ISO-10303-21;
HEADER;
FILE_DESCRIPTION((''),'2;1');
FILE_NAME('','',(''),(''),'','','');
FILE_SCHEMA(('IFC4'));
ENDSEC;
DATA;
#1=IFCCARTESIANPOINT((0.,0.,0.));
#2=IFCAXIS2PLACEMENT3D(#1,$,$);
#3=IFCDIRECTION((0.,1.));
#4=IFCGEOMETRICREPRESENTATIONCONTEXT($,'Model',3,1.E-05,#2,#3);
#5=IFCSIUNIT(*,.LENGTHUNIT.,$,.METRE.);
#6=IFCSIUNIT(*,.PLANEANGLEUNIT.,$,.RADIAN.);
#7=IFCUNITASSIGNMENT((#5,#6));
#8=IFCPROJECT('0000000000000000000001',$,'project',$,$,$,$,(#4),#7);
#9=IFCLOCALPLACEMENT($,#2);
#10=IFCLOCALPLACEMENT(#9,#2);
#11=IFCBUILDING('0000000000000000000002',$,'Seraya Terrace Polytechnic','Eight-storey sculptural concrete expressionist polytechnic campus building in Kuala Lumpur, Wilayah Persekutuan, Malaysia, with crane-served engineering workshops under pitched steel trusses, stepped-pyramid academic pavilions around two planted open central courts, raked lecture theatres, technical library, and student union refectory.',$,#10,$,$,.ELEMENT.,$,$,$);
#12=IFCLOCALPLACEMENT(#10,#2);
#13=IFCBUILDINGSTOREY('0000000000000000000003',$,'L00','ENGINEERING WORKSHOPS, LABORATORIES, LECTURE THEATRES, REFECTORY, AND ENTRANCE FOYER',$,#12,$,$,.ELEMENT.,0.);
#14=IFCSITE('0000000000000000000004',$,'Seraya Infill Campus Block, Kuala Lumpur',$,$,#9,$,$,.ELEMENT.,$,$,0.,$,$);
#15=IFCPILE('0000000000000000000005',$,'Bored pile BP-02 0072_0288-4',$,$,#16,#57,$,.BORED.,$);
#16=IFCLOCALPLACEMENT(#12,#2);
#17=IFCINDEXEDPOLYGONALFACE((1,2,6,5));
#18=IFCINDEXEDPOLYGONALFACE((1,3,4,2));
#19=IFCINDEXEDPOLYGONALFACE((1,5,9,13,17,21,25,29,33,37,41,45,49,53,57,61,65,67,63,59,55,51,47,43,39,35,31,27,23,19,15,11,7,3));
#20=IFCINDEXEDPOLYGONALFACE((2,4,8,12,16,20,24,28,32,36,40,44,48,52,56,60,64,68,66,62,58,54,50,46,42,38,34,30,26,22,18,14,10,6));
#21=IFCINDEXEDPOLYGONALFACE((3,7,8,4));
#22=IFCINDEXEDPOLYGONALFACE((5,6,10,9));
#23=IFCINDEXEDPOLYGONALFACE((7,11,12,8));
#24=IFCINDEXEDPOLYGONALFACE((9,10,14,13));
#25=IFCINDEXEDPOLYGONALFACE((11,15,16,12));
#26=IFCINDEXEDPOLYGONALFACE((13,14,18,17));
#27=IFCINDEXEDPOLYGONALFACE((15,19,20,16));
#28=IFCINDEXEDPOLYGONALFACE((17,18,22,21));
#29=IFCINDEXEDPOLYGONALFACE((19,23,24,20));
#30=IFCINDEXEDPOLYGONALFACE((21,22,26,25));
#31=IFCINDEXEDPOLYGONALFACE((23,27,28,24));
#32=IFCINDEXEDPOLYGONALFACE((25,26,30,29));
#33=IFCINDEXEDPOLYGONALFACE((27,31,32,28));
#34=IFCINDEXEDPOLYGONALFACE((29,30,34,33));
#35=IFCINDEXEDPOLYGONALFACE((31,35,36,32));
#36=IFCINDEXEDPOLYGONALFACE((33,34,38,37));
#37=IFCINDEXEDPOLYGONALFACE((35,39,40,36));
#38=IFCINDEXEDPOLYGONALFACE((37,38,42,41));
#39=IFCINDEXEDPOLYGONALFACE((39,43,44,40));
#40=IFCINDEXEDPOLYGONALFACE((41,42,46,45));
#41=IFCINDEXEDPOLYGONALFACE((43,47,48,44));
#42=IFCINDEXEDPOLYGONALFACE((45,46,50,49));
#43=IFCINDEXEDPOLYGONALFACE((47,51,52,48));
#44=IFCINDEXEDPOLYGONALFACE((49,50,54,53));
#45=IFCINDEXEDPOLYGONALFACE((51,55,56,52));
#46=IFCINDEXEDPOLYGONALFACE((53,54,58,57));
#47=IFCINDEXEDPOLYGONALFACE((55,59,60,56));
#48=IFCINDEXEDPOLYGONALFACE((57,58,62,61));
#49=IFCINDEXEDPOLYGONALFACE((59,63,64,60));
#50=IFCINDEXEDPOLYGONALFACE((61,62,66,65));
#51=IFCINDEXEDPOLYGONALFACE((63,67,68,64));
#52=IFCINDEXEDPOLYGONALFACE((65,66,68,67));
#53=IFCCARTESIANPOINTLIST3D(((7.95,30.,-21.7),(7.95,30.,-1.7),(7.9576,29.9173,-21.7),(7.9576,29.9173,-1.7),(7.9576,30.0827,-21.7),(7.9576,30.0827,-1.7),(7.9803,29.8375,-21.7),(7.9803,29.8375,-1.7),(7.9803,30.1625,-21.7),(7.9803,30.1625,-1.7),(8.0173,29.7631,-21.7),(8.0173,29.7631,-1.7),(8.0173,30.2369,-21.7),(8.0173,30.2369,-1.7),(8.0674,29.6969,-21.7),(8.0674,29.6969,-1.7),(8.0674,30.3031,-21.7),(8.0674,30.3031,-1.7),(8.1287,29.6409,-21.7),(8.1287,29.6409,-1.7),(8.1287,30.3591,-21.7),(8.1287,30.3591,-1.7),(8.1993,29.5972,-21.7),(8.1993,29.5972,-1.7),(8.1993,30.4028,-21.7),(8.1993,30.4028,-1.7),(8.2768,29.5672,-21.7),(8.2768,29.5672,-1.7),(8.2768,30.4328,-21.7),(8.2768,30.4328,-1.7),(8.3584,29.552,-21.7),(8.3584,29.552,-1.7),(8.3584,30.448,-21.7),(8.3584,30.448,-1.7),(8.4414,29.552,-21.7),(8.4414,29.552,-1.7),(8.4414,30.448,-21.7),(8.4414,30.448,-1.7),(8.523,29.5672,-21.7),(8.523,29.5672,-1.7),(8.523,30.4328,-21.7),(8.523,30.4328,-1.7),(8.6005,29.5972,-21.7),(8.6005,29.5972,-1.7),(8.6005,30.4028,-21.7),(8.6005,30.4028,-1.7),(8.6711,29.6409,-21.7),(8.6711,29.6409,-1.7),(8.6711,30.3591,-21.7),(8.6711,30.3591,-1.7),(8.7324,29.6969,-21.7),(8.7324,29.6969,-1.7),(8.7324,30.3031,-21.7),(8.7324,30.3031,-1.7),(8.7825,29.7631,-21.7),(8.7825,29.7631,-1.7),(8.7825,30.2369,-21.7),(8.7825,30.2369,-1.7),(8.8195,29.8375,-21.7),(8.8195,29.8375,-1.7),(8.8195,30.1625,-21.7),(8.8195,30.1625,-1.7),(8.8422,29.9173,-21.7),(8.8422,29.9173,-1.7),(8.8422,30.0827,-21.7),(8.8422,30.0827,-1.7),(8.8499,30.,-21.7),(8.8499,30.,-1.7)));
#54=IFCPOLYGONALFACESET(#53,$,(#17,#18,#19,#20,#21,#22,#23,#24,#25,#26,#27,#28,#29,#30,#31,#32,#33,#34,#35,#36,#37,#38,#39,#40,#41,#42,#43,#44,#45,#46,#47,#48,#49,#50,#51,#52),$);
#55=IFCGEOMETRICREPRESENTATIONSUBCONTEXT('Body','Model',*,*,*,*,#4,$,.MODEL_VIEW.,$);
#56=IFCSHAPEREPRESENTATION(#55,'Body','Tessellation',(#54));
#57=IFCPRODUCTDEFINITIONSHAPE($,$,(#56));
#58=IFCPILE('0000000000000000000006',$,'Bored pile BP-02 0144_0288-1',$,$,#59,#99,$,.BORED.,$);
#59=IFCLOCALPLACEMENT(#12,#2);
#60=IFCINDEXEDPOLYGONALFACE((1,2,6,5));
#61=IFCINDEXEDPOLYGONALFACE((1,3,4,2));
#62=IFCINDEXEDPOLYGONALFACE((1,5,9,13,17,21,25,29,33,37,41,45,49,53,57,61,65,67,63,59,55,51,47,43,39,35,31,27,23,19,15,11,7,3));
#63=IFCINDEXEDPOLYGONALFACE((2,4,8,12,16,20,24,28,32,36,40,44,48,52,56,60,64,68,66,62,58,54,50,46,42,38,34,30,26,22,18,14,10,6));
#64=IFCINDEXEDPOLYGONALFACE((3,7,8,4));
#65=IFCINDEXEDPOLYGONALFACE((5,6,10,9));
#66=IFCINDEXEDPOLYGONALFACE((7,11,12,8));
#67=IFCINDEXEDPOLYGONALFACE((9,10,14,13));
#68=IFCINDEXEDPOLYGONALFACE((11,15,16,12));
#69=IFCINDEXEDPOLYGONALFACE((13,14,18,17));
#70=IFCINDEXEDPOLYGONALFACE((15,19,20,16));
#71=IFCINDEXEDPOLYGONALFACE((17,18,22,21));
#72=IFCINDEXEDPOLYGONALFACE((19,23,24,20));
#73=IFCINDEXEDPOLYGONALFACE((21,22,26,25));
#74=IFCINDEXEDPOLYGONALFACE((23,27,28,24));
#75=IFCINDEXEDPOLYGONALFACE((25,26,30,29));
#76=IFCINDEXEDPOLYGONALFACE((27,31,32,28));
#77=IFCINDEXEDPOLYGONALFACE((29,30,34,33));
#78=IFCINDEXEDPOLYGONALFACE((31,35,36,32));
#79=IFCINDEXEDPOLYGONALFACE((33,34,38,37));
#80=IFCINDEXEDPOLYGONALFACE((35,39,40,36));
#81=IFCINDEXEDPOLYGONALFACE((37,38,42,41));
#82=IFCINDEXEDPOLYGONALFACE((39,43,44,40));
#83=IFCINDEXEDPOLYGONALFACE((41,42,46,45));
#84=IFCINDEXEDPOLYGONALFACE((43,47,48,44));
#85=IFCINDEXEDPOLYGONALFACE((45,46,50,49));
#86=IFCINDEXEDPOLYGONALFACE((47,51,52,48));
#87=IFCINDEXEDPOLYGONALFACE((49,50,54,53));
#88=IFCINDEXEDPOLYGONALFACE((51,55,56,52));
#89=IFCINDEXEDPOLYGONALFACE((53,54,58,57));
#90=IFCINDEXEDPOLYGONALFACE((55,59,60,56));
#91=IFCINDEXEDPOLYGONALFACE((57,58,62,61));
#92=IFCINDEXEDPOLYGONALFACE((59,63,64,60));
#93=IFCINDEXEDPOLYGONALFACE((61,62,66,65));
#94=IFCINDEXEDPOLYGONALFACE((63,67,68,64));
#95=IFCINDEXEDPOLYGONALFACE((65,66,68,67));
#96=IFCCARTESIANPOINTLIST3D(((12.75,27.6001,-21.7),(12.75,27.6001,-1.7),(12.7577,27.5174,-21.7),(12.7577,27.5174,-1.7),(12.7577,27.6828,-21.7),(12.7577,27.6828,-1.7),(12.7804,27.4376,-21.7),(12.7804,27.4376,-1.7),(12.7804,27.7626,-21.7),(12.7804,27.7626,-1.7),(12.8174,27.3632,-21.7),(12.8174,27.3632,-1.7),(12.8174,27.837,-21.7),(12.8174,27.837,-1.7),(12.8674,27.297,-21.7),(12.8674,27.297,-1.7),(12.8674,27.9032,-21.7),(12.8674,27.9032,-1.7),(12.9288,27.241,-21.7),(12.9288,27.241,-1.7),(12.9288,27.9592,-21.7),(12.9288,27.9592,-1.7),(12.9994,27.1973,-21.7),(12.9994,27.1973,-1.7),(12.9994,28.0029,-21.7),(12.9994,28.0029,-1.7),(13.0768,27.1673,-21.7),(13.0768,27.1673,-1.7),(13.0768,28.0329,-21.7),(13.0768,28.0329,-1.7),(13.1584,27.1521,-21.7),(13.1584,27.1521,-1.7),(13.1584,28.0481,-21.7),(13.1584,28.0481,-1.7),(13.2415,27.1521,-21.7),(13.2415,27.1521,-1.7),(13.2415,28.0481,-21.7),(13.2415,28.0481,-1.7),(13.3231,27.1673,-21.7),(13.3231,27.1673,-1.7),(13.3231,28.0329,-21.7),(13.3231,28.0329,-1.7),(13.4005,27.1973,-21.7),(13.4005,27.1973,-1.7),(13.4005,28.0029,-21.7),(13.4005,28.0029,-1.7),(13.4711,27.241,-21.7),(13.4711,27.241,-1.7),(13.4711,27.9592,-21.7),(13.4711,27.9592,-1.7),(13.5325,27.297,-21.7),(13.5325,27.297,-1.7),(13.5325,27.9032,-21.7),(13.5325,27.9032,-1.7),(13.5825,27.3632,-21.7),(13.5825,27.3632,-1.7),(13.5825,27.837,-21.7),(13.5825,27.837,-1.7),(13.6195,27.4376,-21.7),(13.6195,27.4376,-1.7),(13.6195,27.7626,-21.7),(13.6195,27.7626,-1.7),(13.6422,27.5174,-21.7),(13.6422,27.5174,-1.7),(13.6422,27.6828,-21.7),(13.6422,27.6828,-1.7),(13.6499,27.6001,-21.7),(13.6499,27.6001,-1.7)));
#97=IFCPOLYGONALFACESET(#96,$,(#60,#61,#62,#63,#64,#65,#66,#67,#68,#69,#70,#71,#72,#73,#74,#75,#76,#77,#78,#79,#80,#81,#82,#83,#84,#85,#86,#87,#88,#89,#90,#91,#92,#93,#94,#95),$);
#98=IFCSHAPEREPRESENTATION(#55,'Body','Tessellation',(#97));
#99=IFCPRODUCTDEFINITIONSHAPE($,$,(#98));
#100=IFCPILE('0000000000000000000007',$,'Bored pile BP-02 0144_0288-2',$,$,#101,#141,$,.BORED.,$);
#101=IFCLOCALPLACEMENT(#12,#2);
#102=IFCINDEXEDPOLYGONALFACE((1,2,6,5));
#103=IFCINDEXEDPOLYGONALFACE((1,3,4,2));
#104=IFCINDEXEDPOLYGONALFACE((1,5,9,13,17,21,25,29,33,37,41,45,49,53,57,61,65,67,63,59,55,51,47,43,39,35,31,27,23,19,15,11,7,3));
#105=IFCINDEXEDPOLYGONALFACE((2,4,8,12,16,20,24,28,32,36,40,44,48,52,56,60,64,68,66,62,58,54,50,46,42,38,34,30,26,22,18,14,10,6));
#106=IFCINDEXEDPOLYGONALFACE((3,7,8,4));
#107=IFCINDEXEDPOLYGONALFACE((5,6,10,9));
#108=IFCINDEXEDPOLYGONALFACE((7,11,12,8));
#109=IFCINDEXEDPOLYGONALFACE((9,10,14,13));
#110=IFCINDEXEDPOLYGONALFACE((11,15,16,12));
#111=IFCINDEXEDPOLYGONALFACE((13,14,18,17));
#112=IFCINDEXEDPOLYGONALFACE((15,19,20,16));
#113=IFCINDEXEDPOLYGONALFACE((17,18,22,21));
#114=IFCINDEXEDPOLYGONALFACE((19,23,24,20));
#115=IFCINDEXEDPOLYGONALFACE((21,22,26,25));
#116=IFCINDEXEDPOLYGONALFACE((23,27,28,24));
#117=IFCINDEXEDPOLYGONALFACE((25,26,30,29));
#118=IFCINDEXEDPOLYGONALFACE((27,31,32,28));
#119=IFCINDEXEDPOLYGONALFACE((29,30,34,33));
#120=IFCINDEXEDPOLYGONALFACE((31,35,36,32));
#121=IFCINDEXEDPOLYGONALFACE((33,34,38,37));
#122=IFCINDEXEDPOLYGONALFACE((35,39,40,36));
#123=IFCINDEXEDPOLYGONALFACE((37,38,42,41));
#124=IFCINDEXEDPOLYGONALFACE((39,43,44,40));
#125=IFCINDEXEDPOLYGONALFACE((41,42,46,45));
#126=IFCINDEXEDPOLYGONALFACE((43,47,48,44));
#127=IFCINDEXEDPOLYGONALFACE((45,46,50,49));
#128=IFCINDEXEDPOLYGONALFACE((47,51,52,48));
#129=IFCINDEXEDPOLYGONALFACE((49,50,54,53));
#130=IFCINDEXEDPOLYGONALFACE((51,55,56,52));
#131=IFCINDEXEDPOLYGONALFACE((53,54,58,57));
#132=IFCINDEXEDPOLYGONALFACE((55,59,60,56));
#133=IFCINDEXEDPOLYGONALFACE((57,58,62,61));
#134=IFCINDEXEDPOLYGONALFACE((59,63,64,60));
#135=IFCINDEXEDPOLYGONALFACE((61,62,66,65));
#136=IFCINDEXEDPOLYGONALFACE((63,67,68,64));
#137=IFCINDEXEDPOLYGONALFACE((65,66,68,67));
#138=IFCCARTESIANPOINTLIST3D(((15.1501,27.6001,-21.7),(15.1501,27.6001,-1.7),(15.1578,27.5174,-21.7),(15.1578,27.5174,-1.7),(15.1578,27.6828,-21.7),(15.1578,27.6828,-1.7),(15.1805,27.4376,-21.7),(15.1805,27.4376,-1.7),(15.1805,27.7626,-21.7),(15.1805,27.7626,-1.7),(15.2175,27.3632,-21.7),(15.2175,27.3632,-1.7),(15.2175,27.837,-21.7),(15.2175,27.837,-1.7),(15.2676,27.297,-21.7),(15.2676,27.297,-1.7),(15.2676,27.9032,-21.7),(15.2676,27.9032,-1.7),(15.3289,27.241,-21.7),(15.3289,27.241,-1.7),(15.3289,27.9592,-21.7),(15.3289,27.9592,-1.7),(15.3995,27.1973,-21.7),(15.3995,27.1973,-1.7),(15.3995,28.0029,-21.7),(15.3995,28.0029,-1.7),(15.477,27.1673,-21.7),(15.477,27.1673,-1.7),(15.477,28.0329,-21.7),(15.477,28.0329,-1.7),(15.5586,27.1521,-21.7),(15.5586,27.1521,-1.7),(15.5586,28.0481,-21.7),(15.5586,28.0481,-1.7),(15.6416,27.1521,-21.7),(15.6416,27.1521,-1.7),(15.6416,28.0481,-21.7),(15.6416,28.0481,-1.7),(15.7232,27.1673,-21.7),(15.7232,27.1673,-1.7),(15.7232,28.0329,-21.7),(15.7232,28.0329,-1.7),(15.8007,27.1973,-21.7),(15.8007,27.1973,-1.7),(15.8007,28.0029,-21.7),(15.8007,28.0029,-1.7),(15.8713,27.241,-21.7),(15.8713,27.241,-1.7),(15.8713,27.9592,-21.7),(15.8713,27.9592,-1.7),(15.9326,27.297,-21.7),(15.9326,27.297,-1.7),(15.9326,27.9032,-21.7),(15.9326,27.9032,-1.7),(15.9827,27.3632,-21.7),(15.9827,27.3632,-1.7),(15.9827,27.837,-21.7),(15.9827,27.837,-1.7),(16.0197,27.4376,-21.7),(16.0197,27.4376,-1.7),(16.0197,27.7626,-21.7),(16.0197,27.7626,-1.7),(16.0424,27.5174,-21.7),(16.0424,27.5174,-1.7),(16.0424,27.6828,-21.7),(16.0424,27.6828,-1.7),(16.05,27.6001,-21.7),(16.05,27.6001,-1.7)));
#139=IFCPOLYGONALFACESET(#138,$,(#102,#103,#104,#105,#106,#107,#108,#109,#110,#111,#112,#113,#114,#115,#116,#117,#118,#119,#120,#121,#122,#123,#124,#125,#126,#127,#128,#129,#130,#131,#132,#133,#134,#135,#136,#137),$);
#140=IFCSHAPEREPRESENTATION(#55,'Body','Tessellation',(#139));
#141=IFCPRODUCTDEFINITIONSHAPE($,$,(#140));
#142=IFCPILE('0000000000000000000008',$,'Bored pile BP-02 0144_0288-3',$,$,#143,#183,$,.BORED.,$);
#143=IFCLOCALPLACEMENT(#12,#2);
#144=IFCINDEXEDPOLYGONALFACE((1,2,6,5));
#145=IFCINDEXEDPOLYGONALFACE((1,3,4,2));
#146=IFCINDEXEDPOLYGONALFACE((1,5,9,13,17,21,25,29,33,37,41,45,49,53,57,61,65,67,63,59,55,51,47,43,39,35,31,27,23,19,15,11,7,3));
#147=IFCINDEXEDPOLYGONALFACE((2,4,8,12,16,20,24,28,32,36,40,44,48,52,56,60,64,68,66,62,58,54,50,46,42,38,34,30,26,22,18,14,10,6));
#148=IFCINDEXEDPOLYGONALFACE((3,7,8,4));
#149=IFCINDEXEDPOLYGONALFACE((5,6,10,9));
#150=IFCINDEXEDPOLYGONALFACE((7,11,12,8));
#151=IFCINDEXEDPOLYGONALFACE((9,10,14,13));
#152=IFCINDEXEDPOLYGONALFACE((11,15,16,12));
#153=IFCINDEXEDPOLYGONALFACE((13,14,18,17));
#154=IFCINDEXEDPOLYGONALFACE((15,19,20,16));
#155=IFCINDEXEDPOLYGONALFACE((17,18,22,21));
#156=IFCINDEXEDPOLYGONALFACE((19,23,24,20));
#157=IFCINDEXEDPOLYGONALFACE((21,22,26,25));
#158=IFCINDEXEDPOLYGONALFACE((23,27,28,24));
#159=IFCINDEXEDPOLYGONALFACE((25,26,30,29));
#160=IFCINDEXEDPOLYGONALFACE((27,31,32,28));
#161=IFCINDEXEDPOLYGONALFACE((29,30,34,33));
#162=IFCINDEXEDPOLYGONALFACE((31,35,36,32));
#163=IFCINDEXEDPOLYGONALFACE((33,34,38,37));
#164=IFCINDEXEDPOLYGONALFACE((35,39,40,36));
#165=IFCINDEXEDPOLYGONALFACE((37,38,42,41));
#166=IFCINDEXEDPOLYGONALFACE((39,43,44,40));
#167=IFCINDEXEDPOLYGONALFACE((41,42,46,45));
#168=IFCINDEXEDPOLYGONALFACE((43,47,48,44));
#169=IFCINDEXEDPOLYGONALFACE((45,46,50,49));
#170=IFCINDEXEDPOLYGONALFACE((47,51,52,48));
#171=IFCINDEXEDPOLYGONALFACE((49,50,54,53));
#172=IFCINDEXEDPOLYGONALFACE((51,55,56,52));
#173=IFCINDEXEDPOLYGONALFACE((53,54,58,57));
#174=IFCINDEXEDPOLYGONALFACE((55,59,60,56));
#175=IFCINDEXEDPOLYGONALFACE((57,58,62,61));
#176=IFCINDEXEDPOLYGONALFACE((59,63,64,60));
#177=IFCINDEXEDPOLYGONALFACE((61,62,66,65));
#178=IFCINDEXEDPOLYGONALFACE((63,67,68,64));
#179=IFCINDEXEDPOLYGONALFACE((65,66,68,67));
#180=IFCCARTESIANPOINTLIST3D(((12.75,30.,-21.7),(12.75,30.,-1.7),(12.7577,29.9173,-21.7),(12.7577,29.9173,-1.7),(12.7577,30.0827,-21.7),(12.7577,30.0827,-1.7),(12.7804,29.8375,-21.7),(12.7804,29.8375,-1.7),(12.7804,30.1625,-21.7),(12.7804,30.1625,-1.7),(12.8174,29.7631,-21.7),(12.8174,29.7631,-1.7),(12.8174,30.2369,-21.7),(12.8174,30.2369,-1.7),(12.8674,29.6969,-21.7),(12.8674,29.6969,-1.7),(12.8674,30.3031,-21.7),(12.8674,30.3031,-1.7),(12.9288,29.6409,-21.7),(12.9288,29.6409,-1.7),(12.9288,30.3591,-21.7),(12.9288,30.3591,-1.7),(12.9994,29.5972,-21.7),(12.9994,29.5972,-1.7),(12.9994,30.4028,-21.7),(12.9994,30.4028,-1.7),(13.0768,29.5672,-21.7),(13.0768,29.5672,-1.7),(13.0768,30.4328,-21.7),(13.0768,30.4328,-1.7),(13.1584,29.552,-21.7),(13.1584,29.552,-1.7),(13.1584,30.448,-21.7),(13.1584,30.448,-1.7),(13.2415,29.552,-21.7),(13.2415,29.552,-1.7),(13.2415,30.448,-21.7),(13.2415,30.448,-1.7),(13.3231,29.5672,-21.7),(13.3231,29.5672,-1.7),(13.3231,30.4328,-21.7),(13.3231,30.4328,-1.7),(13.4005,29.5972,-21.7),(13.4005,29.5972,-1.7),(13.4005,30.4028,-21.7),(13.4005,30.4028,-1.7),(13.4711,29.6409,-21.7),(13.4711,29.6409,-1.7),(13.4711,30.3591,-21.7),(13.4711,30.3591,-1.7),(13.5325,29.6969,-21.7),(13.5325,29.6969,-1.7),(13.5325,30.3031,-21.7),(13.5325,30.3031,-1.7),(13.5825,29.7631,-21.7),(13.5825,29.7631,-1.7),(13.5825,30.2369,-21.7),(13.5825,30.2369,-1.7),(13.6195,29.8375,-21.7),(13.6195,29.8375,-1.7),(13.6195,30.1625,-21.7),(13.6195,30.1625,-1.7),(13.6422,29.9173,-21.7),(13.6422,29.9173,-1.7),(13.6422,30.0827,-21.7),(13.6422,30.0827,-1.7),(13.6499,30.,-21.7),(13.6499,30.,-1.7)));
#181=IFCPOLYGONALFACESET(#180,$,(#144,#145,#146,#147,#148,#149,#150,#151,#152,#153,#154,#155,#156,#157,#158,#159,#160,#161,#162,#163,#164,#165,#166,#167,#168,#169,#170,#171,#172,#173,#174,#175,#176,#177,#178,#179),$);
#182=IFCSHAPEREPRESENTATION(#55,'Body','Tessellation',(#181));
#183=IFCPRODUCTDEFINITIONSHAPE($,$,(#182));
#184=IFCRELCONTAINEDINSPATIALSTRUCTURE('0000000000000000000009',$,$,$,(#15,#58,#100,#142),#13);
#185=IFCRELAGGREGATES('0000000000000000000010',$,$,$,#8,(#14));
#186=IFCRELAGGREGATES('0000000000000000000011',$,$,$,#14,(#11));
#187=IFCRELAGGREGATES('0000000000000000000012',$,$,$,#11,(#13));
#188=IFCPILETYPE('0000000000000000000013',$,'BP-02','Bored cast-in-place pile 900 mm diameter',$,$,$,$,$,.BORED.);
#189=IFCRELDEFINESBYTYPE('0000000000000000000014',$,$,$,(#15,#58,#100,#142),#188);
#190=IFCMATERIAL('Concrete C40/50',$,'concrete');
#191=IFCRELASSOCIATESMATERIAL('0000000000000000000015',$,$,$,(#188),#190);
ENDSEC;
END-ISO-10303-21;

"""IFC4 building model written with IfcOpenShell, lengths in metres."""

from ifc_helpers import new_model, si_unit, direction, frame, origin, origin_2d, place, context, subcontext, project, spatial, circle, extrude, material, material_profile, profile_set, type_object, element, save


model = new_model("IFC4")

# Units and contexts
model_context = context("Model", 3, precision=1e-05, world=origin(), true_north=direction((0.0, 1.0)))
body_context = subcontext(model_context, "Body", "Model", "MODEL_VIEW")
ifc_project = project(units=[si_unit("LENGTHUNIT", "METRE"), si_unit("PLANEANGLEUNIT", "RADIAN")], contexts=[model_context])

# Site, building, storey
site_placement = place(None, origin())
site = spatial("IfcSite", under=ifc_project, at=site_placement, Name="Seraya Infill Campus Block, Kuala Lumpur", CompositionType="ELEMENT", RefElevation=0.0)
building_placement = place(site_placement, origin())
building = spatial("IfcBuilding", under=site, at=building_placement, Name="Seraya Terrace Polytechnic", Description="Eight-storey sculptural concrete expressionist polytechnic campus building in Kuala Lumpur, Wilayah Persekutuan, Malaysia, with crane-served engineering workshops under pitched steel trusses, stepped-pyramid academic pavilions around two planted open central courts, raked lecture theatres, technical library, and student union refectory.", CompositionType="ELEMENT")
storey_placement = place(building_placement, origin())
storey = spatial("IfcBuildingStorey", under=building, at=storey_placement, Name="L00", Description="ENGINEERING WORKSHOPS, LABORATORIES, LECTURE THEATRES, REFECTORY, AND ENTRANCE FOYER", CompositionType="ELEMENT", Elevation=0.0)

# Piles
ifc_material_1 = material(Name="Concrete C40/50", Category="concrete")
ifc_material_profile_1 = material_profile(ifc_material_1, circle(Radius=0.45, at=origin_2d()), Name="DIA 900")
ifc_profile_set_1 = profile_set([ifc_material_profile_1], Name="Concrete C40/50")
pile_type_1 = type_object("IfcPileType", Name="BP-02", Description="Bored cast-in-place pile 900 mm diameter", PredefinedType="BORED", material=ifc_profile_set_1)
for number, where, z_axis, x_axis, name in (
    (1, (8.3999, 30.0, -1.7), (0.0, 0.0, -1.0), (1.0, 0.0, 0.0), "Bored pile BP-02 0072_0288-4"),
    (2, (13.2, 27.6001, -1.7), (0.0, 0.0, -1.0), (1.0, 0.0, 0.0), "Bored pile BP-02 0144_0288-1"),
    (3, (15.6001, 27.6001, -1.7), (0.0, 0.0, -1.0), (1.0, 0.0, 0.0), "Bored pile BP-02 0144_0288-2"),
    (4, (13.2, 30.0, -1.7), (0.0, 0.0, -1.0), (1.0, 0.0, 0.0), "Bored pile BP-02 0144_0288-3"),
):
    element("IfcPile", number, at=place(storey_placement, frame(where, z_axis=z_axis, x_axis=x_axis)), inside=storey, type_object=pile_type_1, Name=name, PredefinedType="BORED", context=body_context, shape_type="SweptSolid", body=[
        extrude(circle(Radius=0.45, at=origin_2d()), origin(), (0.0, 0.0, 1.0), 20.0),
    ])

save(model, "model.ifc")
